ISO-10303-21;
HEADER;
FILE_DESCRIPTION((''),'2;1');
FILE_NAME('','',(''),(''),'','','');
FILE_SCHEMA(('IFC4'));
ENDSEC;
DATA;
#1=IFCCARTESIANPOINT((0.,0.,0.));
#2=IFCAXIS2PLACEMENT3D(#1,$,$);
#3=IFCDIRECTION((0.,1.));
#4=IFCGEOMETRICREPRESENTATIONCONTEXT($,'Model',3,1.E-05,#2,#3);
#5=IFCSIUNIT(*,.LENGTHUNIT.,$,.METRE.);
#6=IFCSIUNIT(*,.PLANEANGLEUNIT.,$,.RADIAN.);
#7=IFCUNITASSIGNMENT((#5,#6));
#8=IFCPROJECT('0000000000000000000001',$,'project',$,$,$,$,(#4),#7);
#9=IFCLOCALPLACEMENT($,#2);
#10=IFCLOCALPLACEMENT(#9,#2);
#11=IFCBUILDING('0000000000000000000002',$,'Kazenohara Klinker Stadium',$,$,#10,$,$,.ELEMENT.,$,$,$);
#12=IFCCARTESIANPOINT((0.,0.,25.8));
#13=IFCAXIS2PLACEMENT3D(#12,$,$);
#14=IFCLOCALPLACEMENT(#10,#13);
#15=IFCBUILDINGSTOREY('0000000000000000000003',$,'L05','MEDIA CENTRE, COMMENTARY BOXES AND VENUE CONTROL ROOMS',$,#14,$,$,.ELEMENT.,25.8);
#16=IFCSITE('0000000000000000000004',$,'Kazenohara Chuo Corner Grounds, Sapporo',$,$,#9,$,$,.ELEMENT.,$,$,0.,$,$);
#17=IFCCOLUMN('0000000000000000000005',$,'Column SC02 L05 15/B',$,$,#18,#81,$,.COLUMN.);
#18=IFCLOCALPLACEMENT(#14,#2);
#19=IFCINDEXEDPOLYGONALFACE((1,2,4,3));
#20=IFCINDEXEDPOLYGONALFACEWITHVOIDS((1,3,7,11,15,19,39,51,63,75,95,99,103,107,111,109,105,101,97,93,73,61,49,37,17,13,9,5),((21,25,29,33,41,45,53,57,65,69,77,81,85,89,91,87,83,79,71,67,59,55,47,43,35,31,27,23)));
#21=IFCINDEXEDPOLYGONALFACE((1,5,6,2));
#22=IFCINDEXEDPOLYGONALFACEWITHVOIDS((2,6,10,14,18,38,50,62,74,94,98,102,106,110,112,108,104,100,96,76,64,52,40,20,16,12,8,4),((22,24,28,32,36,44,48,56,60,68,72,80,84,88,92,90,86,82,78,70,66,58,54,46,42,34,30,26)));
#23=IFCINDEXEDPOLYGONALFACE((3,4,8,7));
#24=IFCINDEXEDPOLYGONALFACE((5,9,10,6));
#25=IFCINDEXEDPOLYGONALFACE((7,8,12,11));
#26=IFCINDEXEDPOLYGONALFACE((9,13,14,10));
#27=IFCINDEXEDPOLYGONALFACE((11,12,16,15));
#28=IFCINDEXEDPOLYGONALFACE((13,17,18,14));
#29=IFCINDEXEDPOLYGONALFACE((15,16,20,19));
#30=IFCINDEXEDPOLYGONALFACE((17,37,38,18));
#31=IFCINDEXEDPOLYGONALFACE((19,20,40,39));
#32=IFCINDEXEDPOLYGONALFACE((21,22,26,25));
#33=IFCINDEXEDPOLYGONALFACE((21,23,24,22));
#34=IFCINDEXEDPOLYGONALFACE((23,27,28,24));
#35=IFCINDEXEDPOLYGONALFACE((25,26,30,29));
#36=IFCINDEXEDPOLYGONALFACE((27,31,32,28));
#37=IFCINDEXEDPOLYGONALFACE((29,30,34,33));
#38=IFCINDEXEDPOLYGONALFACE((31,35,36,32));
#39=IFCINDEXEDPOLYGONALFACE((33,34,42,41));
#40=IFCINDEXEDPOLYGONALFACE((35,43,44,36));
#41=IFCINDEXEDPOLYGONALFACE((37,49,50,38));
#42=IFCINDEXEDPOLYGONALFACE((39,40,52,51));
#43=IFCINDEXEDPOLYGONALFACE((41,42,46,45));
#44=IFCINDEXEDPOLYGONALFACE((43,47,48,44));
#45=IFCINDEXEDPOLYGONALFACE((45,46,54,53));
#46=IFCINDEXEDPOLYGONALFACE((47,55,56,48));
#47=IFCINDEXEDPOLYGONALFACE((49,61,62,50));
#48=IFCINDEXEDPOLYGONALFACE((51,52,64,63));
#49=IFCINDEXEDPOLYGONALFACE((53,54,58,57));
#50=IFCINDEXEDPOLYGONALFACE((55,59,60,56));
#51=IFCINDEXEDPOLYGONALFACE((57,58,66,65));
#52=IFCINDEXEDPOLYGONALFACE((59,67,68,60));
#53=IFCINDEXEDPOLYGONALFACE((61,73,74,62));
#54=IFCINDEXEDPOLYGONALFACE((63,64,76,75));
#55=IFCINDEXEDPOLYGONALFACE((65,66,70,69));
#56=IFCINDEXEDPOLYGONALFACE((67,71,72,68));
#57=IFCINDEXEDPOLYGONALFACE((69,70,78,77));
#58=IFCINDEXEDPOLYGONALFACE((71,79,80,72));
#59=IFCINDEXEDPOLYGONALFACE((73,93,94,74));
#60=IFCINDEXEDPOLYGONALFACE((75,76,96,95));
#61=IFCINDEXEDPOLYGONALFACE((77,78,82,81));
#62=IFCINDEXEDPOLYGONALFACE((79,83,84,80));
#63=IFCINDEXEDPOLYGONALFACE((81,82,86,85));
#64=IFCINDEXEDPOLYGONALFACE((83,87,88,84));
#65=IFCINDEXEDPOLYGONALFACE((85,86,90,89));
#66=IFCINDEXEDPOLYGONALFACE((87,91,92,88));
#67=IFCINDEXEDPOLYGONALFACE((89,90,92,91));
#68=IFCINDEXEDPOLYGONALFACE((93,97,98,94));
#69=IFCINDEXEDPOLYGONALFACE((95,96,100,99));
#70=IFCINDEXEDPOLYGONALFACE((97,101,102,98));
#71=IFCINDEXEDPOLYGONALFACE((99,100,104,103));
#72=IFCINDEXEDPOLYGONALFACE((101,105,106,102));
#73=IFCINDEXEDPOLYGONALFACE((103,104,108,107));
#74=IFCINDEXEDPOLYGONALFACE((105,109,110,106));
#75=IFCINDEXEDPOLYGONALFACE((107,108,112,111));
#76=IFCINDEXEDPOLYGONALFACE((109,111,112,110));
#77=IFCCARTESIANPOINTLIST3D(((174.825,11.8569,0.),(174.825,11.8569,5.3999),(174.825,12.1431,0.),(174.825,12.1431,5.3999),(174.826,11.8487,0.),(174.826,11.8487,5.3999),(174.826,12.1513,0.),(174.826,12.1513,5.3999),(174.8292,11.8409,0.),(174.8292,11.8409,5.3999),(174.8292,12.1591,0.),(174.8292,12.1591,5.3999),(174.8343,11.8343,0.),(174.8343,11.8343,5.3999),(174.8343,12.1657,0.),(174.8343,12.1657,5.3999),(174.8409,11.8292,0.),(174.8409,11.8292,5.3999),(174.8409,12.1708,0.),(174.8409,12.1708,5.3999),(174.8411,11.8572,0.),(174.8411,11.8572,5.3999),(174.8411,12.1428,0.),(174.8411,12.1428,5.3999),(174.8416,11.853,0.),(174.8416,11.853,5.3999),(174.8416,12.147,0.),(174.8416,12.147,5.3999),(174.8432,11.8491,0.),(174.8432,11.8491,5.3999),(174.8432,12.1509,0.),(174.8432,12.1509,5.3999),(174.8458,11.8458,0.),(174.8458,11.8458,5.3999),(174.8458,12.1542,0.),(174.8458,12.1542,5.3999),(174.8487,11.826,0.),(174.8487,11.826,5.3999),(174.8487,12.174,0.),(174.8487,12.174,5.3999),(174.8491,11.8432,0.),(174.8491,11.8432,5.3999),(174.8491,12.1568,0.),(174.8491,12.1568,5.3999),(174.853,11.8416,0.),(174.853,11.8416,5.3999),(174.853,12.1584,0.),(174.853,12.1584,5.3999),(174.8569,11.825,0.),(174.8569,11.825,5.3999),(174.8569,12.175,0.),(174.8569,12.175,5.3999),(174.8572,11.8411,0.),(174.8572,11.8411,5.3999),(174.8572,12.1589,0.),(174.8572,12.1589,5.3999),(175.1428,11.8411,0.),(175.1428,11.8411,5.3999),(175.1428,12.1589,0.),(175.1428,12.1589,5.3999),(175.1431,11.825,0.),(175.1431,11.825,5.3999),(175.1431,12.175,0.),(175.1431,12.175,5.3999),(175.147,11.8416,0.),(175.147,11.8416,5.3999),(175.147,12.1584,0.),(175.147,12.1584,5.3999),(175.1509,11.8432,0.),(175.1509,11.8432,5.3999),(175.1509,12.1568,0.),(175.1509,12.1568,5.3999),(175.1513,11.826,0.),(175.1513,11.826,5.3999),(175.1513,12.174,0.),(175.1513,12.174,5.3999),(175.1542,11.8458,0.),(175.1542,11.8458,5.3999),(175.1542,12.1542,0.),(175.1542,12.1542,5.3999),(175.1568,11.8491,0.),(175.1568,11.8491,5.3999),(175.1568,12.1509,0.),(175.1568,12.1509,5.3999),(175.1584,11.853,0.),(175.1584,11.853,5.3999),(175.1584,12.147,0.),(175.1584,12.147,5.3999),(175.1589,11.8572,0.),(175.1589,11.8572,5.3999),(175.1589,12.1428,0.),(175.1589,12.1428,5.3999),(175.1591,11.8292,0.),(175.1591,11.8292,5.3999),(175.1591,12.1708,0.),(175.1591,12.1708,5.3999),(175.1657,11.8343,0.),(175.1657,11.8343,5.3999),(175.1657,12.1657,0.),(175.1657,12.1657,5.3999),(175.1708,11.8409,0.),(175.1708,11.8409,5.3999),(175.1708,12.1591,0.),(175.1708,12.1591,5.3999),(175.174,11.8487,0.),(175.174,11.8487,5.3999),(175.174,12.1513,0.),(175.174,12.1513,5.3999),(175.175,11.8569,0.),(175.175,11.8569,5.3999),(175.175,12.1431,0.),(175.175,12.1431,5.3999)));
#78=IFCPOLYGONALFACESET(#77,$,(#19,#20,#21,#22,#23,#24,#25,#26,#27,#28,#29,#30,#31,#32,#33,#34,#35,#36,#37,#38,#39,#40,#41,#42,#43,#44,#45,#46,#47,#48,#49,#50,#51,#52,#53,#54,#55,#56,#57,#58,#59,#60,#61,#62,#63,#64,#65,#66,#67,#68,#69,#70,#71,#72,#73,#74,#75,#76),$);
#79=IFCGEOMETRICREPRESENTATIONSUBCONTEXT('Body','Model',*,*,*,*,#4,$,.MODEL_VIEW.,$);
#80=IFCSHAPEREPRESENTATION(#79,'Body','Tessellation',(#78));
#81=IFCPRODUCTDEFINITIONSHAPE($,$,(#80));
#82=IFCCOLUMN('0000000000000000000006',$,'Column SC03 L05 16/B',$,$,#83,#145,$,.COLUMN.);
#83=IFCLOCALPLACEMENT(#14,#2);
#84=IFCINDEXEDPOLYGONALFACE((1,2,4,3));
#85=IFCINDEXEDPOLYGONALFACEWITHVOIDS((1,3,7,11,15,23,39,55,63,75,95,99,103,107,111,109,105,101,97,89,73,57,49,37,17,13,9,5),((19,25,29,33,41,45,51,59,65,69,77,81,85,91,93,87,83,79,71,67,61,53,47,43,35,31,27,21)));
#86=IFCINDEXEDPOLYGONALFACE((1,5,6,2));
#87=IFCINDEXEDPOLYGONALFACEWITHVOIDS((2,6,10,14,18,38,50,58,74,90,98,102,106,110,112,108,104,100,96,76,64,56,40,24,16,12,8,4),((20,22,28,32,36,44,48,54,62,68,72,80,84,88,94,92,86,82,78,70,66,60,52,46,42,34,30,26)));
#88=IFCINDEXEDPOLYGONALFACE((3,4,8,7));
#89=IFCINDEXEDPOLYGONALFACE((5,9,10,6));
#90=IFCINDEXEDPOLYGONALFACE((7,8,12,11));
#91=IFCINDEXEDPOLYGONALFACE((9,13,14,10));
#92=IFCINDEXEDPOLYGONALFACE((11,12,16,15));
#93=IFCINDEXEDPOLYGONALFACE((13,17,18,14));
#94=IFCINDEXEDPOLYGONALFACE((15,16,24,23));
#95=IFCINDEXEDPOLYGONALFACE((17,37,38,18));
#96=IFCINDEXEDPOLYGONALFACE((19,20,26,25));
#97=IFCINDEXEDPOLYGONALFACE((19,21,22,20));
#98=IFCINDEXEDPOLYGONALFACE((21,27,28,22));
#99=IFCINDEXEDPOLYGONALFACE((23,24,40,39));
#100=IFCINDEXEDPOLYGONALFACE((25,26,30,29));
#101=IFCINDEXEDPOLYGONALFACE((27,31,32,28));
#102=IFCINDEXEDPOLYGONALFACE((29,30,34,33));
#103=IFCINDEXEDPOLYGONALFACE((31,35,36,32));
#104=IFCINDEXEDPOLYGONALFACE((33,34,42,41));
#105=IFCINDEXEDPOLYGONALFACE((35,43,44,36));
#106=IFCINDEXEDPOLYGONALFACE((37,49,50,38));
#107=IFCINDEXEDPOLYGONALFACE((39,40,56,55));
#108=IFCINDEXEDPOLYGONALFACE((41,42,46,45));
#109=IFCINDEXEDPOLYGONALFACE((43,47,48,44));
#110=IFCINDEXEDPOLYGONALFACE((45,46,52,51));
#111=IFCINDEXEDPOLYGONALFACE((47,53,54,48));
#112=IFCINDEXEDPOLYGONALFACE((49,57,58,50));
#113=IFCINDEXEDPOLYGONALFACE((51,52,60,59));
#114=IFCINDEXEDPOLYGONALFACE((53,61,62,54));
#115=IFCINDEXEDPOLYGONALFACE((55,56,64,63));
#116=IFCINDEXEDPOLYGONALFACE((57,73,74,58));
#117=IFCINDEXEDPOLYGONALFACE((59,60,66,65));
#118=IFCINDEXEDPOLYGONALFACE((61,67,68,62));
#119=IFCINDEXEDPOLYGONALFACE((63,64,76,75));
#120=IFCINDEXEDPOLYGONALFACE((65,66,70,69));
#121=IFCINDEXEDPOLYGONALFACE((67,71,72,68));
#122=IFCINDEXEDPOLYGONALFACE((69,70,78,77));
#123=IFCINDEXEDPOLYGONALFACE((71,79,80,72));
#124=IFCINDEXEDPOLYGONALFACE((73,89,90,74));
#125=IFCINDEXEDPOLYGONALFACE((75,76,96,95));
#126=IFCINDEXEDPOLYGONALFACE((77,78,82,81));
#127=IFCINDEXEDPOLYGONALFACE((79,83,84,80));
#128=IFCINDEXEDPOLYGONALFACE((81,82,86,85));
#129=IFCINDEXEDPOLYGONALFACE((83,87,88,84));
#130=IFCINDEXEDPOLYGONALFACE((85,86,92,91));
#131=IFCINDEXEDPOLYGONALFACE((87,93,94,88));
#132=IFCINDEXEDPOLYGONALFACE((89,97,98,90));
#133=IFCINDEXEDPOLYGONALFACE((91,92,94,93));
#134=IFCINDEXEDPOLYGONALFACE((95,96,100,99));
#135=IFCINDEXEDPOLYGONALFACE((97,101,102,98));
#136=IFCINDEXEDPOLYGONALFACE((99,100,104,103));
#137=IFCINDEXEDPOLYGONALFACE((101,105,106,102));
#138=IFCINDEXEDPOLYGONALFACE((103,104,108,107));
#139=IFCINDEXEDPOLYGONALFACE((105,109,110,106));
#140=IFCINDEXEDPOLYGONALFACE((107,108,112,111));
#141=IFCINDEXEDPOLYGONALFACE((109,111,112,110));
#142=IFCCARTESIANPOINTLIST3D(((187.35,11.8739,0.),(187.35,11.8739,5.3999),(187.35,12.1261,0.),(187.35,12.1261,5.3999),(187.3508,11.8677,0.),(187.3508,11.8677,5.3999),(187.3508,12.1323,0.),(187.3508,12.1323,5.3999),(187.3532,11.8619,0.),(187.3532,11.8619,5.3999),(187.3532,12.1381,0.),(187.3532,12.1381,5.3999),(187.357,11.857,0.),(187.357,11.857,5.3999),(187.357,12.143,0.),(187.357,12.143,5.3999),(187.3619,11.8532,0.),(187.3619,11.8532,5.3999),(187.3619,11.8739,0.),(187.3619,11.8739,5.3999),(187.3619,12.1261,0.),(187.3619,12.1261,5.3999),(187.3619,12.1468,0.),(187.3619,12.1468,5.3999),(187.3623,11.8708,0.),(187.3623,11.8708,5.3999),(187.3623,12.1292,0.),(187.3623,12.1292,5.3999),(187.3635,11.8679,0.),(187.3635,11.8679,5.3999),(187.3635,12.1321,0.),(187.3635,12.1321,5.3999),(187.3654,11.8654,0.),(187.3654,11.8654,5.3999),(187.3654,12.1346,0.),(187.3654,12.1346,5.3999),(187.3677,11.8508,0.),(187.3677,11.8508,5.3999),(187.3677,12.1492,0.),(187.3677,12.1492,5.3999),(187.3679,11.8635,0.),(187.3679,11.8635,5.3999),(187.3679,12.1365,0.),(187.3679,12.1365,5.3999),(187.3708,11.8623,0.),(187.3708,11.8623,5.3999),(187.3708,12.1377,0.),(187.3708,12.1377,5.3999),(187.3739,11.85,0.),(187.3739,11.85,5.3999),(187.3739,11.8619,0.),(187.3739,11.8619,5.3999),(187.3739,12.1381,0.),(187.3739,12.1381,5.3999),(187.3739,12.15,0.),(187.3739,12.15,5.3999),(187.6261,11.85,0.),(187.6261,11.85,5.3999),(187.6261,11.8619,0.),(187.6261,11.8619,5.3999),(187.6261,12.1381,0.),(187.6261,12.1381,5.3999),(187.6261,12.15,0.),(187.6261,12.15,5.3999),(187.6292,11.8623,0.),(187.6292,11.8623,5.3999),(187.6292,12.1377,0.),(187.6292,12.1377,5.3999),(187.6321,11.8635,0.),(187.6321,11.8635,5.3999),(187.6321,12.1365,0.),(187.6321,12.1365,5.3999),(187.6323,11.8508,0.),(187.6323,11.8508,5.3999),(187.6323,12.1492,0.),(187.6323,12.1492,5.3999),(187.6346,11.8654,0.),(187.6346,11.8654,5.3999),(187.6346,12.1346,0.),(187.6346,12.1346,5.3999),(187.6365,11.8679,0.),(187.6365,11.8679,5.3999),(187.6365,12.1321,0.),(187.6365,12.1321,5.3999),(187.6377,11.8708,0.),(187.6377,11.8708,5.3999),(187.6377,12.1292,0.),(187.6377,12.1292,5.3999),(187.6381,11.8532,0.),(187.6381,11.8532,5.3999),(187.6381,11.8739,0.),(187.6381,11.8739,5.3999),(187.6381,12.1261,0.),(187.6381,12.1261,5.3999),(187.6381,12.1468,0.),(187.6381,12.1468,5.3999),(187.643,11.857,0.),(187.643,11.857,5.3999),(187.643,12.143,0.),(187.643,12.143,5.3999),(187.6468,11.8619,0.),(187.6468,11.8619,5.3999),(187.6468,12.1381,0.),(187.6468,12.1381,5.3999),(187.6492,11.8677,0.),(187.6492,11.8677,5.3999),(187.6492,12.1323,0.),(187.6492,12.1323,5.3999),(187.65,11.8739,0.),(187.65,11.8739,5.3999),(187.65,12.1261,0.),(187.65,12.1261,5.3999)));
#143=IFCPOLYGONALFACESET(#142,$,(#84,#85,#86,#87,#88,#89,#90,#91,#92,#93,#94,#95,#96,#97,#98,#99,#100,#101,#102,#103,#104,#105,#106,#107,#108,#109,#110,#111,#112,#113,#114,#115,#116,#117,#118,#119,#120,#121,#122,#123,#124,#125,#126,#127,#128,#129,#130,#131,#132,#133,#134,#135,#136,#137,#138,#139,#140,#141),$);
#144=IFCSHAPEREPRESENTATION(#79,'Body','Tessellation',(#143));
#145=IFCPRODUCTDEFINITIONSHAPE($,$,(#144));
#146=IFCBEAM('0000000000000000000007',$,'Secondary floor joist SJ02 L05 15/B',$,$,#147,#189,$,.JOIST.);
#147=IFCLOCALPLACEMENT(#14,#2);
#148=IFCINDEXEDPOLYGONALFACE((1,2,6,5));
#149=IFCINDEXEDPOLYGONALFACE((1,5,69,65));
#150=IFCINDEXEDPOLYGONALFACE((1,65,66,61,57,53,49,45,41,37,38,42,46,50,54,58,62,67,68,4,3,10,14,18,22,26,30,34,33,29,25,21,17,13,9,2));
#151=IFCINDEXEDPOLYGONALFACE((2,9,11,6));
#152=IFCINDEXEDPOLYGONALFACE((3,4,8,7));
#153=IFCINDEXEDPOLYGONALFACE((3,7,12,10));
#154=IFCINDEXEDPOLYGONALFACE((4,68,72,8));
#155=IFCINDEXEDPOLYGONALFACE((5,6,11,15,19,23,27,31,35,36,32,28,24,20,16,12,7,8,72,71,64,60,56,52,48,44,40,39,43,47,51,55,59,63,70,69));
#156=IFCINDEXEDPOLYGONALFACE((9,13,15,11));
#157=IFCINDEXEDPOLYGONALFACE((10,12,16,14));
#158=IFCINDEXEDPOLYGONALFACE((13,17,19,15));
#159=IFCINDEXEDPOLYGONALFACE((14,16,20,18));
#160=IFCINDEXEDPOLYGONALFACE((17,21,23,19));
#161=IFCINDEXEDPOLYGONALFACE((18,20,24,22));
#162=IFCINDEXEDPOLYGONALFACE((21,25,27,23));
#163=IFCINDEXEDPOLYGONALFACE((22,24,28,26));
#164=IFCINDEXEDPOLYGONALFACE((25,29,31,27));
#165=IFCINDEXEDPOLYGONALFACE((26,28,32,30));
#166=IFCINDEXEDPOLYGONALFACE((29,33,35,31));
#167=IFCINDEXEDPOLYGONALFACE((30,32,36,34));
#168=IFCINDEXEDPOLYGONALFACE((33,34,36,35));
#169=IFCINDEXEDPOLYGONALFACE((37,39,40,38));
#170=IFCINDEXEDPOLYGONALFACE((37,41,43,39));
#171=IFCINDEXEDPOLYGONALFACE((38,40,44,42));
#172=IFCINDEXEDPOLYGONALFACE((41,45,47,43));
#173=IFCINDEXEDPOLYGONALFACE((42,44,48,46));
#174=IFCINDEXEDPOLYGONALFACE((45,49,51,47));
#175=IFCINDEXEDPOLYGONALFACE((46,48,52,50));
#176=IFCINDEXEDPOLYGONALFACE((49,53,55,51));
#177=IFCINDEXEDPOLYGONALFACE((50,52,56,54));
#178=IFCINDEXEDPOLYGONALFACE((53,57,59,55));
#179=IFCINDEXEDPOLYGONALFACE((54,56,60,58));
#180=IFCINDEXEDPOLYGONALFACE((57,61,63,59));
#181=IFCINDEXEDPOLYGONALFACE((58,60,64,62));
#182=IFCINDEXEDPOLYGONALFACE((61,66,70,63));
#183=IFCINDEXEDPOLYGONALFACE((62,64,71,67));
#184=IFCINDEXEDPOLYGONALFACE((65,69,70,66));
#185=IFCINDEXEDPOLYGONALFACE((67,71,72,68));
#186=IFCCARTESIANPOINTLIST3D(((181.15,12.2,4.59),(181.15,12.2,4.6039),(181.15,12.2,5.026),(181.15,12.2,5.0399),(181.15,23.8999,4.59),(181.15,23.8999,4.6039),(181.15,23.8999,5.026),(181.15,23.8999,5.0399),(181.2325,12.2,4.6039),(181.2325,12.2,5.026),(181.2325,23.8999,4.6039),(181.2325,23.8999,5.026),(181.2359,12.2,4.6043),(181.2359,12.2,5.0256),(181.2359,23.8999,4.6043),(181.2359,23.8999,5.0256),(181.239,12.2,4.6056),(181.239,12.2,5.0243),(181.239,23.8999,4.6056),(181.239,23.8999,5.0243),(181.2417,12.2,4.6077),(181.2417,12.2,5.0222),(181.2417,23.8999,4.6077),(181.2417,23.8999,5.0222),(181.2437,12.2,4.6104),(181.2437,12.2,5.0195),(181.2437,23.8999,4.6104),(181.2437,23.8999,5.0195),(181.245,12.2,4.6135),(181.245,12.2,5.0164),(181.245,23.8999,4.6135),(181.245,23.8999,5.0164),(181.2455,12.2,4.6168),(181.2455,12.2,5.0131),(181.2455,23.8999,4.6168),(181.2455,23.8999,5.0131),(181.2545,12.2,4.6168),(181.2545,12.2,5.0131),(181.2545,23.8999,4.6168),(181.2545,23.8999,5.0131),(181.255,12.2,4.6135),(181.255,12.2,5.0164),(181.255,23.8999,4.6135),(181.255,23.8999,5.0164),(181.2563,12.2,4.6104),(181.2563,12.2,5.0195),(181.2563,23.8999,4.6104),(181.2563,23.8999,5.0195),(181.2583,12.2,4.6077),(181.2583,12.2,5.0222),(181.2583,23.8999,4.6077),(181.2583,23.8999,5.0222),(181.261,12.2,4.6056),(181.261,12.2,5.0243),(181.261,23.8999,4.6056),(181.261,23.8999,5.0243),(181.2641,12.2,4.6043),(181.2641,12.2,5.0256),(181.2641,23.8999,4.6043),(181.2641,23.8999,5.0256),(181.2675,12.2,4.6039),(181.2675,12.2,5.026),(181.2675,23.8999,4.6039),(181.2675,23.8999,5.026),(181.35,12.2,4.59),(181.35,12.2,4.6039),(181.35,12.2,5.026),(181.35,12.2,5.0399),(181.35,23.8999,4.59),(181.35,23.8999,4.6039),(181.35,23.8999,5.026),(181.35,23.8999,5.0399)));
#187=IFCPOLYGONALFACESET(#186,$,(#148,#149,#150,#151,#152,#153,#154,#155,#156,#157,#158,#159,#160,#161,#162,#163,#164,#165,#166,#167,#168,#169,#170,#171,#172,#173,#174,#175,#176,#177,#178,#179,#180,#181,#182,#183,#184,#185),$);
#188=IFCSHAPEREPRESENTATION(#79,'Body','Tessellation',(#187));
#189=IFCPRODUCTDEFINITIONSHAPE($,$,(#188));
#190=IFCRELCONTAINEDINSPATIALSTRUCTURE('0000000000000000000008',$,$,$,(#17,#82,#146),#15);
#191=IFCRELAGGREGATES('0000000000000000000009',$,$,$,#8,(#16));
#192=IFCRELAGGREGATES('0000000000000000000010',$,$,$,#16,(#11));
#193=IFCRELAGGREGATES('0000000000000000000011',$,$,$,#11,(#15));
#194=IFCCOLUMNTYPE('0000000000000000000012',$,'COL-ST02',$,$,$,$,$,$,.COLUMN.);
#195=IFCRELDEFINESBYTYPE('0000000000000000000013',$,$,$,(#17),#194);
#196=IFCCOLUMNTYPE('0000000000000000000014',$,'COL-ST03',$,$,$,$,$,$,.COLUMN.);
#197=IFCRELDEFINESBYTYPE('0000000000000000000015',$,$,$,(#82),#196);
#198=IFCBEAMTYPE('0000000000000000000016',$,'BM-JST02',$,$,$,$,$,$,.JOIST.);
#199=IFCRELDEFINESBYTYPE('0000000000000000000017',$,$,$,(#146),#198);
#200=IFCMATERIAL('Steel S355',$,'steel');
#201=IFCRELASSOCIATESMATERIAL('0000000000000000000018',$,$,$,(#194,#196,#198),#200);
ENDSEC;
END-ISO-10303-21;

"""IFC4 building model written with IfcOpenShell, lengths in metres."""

from ifc_helpers import new_model, si_unit, direction, frame, origin, origin_2d, place, context, subcontext, project, spatial, hollow_rectangle, i_section, extrude, material, material_profile, profile_set, type_object, element, save


model = new_model("IFC4")

# Units and contexts
model_context = context("Model", 3, precision=1e-05, world=origin(), true_north=direction((0.0, 1.0)))
body_context = subcontext(model_context, "Body", "Model", "MODEL_VIEW")
ifc_project = project(units=[si_unit("LENGTHUNIT", "METRE"), si_unit("PLANEANGLEUNIT", "RADIAN")], contexts=[model_context])

# Site, building, storey
site_placement = place(None, origin())
site = spatial("IfcSite", under=ifc_project, at=site_placement, Name="Kazenohara Chuo Corner Grounds, Sapporo", CompositionType="ELEMENT", RefElevation=0.0)
building_placement = place(site_placement, origin())
building = spatial("IfcBuilding", under=site, at=building_placement, Name="Kazenohara Klinker Stadium", CompositionType="ELEMENT")
storey_placement = place(building_placement, frame((0.0, 0.0, 25.8)))
storey = spatial("IfcBuildingStorey", under=building, at=storey_placement, Name="L05", Description="MEDIA CENTRE, COMMENTARY BOXES AND VENUE CONTROL ROOMS", CompositionType="ELEMENT", Elevation=25.8)

# Columns
ifc_material_1 = material(Name="Steel S355", Category="steel")
ifc_material_profile_1 = material_profile(ifc_material_1, hollow_rectangle(XDim=0.3501, YDim=0.3501, WallThickness=0.0161, InnerFilletRadius=0.0161, OuterFilletRadius=0.032, at=origin_2d()), Name="SHS-350x350x16")
ifc_profile_set_1 = profile_set([ifc_material_profile_1], Name="Steel S355")
column_type_1 = type_object("IfcColumnType", Name="COL-ST02", PredefinedType="COLUMN", material=ifc_profile_set_1)
column_1_placement = place(storey_placement, frame((175.0, 12.0, 0.0), z_axis=(0.0, 0.0, 1.0), x_axis=(1.0, 0.0, 0.0)))
element("IfcColumn", 1, at=column_1_placement, inside=storey, type_object=column_type_1, Name="Column SC02 L05 15/B", PredefinedType="COLUMN", context=body_context, shape_type="SweptSolid", body=[
    extrude(hollow_rectangle(XDim=0.3501, YDim=0.3501, WallThickness=0.0161, InnerFilletRadius=0.0161, OuterFilletRadius=0.032, at=origin_2d()), origin(), (0.0, 0.0, 1.0), 5.3999),
])
ifc_material_profile_2 = material_profile(ifc_material_1, hollow_rectangle(XDim=0.3, YDim=0.3, WallThickness=0.012, InnerFilletRadius=0.012, OuterFilletRadius=0.0239, at=origin_2d()), Name="SHS-300x300x12")
ifc_profile_set_2 = profile_set([ifc_material_profile_2], Name="Steel S355")
column_type_2 = type_object("IfcColumnType", Name="COL-ST03", PredefinedType="COLUMN", material=ifc_profile_set_2)
column_2_placement = place(storey_placement, frame((187.5, 12.0, 0.0), z_axis=(0.0, 0.0, 1.0), x_axis=(1.0, 0.0, 0.0)))
element("IfcColumn", 2, at=column_2_placement, inside=storey, type_object=column_type_2, Name="Column SC03 L05 16/B", PredefinedType="COLUMN", context=body_context, shape_type="SweptSolid", body=[
    extrude(hollow_rectangle(XDim=0.3, YDim=0.3, WallThickness=0.012, InnerFilletRadius=0.012, OuterFilletRadius=0.0239, at=origin_2d()), origin(), (0.0, 0.0, 1.0), 5.3999),
])

# Beam
ifc_material_profile_3 = material_profile(ifc_material_1, i_section(OverallWidth=0.2, OverallDepth=0.45, WebThickness=0.009, FlangeThickness=0.0139, FilletRadius=0.0129, at=origin_2d()), Name="H-450x200x9x14")
ifc_profile_set_3 = profile_set([ifc_material_profile_3], Name="Steel S355")
beam_type_1 = type_object("IfcBeamType", Name="BM-JST02", PredefinedType="JOIST", material=ifc_profile_set_3)
beam_1_placement = place(storey_placement, frame((181.25, 12.2, 4.8149), z_axis=(0.0, 1.0, 0.0), x_axis=(-1.0, 0.0, 0.0)))
element("IfcBeam", 3, at=beam_1_placement, inside=storey, type_object=beam_type_1, Name="Secondary floor joist SJ02 L05 15/B", PredefinedType="JOIST", context=body_context, shape_type="SweptSolid", body=[
    extrude(i_section(OverallWidth=0.2, OverallDepth=0.45, WebThickness=0.009, FlangeThickness=0.0139, FilletRadius=0.0129, at=origin_2d()), origin(), (0.0, 0.0, 1.0), 11.7),
])

save(model, "model.ifc")
